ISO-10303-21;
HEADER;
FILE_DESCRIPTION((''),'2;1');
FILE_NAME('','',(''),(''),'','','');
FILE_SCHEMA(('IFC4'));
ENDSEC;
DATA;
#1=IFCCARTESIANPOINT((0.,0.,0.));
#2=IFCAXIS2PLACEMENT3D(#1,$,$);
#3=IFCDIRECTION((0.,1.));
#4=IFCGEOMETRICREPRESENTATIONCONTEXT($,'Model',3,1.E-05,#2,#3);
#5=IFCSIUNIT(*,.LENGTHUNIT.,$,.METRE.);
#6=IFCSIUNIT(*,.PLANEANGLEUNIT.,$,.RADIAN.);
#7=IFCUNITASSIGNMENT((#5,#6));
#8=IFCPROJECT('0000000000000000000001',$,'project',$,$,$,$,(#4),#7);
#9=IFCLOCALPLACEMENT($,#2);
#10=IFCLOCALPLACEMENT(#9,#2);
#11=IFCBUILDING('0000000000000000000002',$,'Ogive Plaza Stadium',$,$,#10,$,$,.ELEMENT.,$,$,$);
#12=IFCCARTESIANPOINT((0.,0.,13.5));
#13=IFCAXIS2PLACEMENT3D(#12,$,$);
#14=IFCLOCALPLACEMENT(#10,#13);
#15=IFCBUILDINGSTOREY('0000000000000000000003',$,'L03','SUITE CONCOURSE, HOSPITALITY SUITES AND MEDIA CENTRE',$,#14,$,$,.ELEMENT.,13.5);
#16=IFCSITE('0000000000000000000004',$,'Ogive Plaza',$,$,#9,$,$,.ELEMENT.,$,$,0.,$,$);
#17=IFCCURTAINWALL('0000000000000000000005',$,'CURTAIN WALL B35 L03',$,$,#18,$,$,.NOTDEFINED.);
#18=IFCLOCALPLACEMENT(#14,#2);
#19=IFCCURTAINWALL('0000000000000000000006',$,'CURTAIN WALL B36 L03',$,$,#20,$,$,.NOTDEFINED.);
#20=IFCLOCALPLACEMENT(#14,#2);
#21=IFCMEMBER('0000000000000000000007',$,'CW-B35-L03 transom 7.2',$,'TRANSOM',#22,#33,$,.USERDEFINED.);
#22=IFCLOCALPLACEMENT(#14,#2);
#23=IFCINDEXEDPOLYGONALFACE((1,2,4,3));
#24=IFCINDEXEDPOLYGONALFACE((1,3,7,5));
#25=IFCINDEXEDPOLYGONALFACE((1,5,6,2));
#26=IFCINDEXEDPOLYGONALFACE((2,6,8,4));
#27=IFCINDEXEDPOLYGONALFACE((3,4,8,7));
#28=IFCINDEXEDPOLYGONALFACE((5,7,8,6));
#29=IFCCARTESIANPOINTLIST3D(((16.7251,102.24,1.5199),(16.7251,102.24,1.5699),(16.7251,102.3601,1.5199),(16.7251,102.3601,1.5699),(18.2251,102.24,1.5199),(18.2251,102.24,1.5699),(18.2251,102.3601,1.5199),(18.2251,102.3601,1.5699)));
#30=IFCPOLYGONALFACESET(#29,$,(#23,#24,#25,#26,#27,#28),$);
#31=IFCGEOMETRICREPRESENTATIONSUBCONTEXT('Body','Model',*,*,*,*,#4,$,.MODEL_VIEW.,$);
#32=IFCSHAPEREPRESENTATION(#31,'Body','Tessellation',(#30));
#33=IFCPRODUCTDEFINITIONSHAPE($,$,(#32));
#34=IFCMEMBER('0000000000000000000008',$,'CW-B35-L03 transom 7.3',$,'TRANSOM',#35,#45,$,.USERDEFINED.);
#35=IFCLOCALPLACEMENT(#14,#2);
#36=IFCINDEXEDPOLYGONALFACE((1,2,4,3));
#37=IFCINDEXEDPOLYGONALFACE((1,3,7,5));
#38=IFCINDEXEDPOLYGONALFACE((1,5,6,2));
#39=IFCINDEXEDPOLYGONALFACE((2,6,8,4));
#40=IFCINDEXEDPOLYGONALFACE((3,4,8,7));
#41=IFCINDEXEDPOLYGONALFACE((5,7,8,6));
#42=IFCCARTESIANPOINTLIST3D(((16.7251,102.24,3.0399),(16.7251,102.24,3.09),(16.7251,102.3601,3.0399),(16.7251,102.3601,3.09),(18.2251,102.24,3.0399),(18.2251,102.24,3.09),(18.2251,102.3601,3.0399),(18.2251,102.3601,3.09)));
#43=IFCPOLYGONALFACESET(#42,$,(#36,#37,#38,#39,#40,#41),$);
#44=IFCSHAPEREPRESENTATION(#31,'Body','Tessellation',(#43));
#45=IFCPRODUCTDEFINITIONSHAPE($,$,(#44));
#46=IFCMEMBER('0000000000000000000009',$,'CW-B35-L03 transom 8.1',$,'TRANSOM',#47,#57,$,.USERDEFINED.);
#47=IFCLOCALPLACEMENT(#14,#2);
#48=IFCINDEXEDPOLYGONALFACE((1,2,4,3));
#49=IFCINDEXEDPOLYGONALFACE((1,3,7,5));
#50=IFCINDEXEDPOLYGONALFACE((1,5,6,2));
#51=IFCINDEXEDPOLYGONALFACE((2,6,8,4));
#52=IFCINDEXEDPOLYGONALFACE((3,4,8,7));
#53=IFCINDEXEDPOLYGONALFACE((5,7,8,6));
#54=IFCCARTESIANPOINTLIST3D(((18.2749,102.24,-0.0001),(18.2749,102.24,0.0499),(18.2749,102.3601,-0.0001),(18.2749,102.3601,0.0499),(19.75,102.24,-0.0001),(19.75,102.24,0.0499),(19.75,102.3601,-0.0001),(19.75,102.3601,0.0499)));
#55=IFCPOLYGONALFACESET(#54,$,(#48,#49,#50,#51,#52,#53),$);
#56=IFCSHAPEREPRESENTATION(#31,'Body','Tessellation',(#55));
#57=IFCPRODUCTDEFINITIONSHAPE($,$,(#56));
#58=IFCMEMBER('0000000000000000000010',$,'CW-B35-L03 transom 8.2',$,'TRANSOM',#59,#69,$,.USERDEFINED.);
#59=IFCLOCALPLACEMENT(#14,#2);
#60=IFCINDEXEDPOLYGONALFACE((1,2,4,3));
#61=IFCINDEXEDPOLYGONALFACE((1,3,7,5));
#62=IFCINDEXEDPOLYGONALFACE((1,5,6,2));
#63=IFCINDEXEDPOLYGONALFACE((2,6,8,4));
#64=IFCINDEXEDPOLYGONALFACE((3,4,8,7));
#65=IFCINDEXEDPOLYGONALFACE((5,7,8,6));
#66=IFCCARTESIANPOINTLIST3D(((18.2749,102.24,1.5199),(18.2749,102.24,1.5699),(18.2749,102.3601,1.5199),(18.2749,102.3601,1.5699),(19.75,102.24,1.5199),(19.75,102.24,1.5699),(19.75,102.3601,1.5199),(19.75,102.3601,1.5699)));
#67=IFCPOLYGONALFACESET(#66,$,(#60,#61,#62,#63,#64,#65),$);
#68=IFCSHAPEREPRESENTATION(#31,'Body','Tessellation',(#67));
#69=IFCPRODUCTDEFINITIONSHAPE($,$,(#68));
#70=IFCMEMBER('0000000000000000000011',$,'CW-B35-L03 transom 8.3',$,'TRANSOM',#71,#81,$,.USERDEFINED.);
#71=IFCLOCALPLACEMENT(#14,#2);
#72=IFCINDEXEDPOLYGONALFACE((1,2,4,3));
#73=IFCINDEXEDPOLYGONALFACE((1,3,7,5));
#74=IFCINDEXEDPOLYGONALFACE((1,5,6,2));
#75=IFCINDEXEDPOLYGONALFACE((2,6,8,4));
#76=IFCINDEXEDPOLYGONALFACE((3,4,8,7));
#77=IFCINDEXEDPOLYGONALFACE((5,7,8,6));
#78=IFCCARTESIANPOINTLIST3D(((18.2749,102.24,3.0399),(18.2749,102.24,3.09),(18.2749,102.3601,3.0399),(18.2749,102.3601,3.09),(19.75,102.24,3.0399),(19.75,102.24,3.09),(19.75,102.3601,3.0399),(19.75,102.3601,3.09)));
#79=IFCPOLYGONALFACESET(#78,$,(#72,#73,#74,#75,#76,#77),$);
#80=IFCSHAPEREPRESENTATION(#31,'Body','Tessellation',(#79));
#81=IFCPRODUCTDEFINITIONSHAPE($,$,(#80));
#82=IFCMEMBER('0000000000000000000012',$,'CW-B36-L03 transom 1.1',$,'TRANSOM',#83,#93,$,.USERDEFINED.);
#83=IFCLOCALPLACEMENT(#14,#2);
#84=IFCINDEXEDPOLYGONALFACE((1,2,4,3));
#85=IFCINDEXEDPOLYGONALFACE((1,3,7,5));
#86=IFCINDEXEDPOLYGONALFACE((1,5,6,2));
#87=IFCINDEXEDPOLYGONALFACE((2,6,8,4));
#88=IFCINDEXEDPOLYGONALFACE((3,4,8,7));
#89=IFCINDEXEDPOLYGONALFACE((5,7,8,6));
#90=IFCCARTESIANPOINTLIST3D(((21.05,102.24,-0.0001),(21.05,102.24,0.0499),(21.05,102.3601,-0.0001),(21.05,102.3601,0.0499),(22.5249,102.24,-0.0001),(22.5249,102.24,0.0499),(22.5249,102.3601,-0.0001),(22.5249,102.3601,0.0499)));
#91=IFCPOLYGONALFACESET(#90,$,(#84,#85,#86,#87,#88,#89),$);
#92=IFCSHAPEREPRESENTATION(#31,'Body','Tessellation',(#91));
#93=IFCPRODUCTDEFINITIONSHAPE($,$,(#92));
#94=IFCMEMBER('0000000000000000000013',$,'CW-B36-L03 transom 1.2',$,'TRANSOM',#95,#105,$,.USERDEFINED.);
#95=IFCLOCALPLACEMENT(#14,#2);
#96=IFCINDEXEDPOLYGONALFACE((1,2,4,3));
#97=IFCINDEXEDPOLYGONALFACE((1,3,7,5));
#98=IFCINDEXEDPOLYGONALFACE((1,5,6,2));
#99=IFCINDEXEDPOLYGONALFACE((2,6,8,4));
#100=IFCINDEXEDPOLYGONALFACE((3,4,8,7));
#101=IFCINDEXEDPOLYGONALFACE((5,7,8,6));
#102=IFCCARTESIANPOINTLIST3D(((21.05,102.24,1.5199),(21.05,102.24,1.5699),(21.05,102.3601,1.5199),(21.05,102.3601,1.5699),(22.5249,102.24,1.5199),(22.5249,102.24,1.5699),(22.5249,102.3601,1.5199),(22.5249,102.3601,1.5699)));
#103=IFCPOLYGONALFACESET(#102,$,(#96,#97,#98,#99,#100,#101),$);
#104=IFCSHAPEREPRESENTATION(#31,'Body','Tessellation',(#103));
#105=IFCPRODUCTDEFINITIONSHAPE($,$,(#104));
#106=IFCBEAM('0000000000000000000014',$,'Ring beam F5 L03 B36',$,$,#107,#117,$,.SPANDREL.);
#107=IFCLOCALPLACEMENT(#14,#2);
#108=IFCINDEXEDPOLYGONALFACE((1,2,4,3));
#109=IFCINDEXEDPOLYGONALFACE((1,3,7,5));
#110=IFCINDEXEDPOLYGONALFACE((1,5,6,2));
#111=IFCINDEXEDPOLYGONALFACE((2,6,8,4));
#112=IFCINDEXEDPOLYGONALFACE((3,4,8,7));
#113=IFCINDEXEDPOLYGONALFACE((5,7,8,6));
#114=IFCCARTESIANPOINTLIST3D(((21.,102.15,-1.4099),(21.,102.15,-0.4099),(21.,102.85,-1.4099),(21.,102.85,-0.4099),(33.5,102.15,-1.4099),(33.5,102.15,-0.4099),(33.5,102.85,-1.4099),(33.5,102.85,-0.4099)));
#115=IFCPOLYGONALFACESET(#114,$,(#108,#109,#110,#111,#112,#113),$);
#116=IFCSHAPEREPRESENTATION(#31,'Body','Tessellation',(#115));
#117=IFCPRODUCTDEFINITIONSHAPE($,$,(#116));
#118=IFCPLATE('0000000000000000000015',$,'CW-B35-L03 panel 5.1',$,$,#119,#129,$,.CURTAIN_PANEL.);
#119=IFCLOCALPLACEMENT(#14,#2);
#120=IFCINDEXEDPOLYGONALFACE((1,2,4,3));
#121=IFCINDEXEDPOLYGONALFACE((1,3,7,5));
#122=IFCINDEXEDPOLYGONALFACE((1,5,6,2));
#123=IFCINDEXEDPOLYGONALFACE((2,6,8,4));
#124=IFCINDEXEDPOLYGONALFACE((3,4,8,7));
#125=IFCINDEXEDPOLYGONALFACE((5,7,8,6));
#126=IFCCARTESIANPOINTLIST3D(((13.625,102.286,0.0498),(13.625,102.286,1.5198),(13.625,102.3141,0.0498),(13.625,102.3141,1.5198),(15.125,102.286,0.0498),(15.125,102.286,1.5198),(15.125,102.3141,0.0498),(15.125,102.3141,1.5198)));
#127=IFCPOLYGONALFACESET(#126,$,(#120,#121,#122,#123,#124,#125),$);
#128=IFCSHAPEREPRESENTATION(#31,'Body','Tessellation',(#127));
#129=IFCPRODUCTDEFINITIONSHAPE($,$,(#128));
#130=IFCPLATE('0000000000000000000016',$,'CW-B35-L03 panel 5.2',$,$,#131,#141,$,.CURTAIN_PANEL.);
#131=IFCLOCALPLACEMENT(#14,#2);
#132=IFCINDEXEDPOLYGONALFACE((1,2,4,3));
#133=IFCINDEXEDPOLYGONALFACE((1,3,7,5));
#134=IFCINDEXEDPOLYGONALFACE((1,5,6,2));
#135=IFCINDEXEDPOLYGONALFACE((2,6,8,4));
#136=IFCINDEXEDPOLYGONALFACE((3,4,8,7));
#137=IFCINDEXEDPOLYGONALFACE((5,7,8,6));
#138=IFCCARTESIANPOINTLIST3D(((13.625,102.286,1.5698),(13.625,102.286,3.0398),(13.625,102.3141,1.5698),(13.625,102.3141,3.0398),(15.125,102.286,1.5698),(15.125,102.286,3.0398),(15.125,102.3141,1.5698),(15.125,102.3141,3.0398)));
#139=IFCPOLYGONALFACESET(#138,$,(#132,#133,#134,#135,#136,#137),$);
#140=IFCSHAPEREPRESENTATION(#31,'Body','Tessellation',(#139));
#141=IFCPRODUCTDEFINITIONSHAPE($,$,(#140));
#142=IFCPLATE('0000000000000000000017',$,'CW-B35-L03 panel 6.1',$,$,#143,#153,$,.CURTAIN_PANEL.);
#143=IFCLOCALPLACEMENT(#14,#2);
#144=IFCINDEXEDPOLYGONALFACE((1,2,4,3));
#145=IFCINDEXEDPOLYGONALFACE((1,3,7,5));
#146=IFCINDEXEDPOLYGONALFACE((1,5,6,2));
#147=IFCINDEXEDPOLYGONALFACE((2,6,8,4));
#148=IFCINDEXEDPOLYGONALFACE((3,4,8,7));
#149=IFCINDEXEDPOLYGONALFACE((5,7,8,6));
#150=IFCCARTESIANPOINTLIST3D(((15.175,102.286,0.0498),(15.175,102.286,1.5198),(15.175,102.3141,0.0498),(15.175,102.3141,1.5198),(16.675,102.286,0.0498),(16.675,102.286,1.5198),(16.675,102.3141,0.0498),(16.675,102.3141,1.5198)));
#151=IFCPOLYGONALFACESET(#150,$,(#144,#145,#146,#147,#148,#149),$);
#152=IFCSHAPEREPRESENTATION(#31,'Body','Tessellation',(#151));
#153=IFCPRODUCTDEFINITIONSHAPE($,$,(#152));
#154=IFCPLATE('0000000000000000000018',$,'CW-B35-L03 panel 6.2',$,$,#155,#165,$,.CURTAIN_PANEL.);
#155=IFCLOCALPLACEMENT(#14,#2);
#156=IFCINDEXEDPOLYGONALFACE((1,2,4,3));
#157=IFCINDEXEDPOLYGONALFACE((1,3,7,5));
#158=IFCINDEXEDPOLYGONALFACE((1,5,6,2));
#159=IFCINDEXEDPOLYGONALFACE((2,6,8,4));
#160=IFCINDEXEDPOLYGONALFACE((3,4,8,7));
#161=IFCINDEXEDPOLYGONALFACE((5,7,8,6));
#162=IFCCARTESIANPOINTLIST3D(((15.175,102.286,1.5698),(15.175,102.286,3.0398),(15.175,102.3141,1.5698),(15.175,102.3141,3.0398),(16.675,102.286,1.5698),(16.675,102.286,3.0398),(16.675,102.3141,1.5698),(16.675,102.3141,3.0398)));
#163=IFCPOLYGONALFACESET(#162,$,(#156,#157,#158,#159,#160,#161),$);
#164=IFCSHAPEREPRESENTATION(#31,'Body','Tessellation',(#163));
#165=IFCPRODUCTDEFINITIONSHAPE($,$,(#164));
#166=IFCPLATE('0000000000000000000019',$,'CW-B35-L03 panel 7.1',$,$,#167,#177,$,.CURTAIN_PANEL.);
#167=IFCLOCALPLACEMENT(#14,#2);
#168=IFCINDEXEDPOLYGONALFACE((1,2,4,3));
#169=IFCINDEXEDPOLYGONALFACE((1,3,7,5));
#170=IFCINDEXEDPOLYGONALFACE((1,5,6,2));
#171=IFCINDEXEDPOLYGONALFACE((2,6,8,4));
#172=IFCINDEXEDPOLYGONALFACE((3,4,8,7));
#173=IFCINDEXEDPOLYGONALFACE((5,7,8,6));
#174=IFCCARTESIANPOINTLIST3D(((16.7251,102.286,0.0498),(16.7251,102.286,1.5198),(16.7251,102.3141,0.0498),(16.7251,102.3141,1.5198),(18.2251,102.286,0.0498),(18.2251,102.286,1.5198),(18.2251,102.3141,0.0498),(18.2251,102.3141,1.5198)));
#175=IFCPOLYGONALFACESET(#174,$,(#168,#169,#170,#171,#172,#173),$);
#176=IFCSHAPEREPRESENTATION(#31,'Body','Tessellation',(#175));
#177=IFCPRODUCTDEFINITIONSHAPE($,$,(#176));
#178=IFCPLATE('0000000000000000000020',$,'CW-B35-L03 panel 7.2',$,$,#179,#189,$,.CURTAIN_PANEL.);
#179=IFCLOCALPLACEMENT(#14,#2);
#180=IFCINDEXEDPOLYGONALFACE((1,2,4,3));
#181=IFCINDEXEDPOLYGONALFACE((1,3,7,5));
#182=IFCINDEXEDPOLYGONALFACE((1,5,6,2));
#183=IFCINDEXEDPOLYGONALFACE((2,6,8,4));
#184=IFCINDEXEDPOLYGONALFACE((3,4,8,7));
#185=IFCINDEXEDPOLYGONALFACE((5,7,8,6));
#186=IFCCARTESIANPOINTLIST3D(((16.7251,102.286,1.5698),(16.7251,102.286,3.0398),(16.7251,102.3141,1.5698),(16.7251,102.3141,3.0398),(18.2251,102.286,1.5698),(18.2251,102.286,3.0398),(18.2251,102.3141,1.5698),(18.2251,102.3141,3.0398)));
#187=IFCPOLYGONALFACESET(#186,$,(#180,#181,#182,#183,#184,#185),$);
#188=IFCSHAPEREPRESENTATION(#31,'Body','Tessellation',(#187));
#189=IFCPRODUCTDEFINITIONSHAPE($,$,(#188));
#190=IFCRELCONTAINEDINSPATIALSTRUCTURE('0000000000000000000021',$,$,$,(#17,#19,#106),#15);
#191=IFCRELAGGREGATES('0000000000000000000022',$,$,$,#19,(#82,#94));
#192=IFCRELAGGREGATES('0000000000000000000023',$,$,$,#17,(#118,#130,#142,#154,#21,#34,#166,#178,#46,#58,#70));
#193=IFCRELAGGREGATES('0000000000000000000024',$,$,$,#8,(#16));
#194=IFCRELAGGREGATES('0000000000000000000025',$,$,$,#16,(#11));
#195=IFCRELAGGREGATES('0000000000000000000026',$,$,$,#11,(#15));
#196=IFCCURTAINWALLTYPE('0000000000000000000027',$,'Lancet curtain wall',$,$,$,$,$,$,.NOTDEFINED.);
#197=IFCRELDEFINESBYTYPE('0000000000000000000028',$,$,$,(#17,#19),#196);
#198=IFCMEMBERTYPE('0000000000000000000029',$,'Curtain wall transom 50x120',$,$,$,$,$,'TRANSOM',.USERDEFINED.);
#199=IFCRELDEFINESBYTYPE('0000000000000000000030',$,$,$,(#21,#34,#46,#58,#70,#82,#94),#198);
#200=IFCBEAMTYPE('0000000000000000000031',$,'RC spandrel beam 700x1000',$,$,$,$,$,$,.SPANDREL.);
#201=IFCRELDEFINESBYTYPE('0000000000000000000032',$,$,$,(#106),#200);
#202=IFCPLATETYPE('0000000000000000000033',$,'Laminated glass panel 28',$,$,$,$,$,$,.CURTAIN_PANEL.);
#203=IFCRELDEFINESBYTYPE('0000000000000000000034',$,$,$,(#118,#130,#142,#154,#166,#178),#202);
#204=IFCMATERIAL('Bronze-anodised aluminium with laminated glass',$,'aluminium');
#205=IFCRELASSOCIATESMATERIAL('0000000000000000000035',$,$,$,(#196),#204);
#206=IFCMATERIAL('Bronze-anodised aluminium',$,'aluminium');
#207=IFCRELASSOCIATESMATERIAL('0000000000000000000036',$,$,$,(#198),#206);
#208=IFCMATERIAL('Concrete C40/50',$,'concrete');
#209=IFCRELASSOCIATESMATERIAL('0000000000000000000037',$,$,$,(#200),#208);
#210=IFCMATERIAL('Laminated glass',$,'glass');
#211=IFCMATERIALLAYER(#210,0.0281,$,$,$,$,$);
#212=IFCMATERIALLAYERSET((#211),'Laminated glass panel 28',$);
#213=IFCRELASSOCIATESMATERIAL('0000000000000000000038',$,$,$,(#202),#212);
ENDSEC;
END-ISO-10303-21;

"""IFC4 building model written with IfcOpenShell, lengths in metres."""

from ifc_helpers import new_model, si_unit, direction, frame, origin, origin_2d, place, context, subcontext, project, spatial, rectangle, extrude, material, layer, layer_set, material_profile, profile_set, type_object, element, aggregate, save


model = new_model("IFC4")

# Units and contexts
model_context = context("Model", 3, precision=1e-05, world=origin(), true_north=direction((0.0, 1.0)))
body_context = subcontext(model_context, "Body", "Model", "MODEL_VIEW")
ifc_project = project(units=[si_unit("LENGTHUNIT", "METRE"), si_unit("PLANEANGLEUNIT", "RADIAN")], contexts=[model_context])

# Site, building, storey
site_placement = place(None, origin())
site = spatial("IfcSite", under=ifc_project, at=site_placement, Name="Ogive Plaza", CompositionType="ELEMENT", RefElevation=0.0)
building_placement = place(site_placement, origin())
building = spatial("IfcBuilding", under=site, at=building_placement, Name="Ogive Plaza Stadium", CompositionType="ELEMENT")
storey_placement = place(building_placement, frame((0.0, 0.0, 13.5)))
storey = spatial("IfcBuildingStorey", under=building, at=storey_placement, Name="L03", Description="SUITE CONCOURSE, HOSPITALITY SUITES AND MEDIA CENTRE", CompositionType="ELEMENT", Elevation=13.5)

# Curtain wall
ifc_material_1 = material(Name="Bronze-anodised aluminium with laminated glass", Category="aluminium")
curtain_wall_type = type_object("IfcCurtainWallType", Name="Lancet curtain wall", PredefinedType="NOTDEFINED", material=ifc_material_1)
curtain_wall_1_placement = place(storey_placement, origin())
curtain_wall_1 = element("IfcCurtainWall", 1, at=curtain_wall_1_placement, inside=storey, type_object=curtain_wall_type, Name="CURTAIN WALL B35 L03", PredefinedType="NOTDEFINED")

# Curtain wall
curtain_wall_2_placement = place(storey_placement, origin())
curtain_wall_2 = element("IfcCurtainWall", 2, at=curtain_wall_2_placement, inside=storey, type_object=curtain_wall_type, Name="CURTAIN WALL B36 L03", PredefinedType="NOTDEFINED")

# Members
ifc_material_2 = material(Name="Bronze-anodised aluminium", Category="aluminium")
ifc_material_profile_1 = material_profile(ifc_material_2, rectangle(XDim=0.1201, YDim=0.05, at=origin_2d()), Name="AL 120x50")
ifc_profile_set_1 = profile_set([ifc_material_profile_1], Name="Bronze-anodised aluminium")
member_type_1 = type_object("IfcMemberType", Name="Curtain wall transom 50x120", ElementType="TRANSOM", PredefinedType="USERDEFINED", material=ifc_profile_set_1)
member_1_placement = place(storey_placement, frame((16.7251, 102.3, 1.5449), z_axis=(1.0, 0.0, 0.0), x_axis=(0.0, 1.0, 0.0)))
member_1 = element("IfcMember", 3, at=member_1_placement, type_object=member_type_1, Name="CW-B35-L03 transom 7.2", ObjectType="TRANSOM", PredefinedType="USERDEFINED", context=body_context, shape_type="SweptSolid", body=[
    extrude(rectangle(XDim=0.1201, YDim=0.05, at=origin_2d()), origin(), (0.0, 0.0, 1.0), 1.5),
])
member_2_placement = place(storey_placement, frame((16.7251, 102.3, 3.0649), z_axis=(1.0, 0.0, 0.0), x_axis=(0.0, 1.0, 0.0)))
member_2 = element("IfcMember", 4, at=member_2_placement, type_object=member_type_1, Name="CW-B35-L03 transom 7.3", ObjectType="TRANSOM", PredefinedType="USERDEFINED", context=body_context, shape_type="SweptSolid", body=[
    extrude(rectangle(XDim=0.1201, YDim=0.05, at=origin_2d()), origin(), (0.0, 0.0, 1.0), 1.5),
])
member_3_placement = place(storey_placement, frame((18.2749, 102.3, 0.0249), z_axis=(1.0, 0.0, 0.0), x_axis=(0.0, 1.0, 0.0)))
member_3 = element("IfcMember", 5, at=member_3_placement, type_object=member_type_1, Name="CW-B35-L03 transom 8.1", ObjectType="TRANSOM", PredefinedType="USERDEFINED", context=body_context, shape_type="SweptSolid", body=[
    extrude(rectangle(XDim=0.1201, YDim=0.05, at=origin_2d()), origin(), (0.0, 0.0, 1.0), 1.4751),
])
member_4_placement = place(storey_placement, frame((18.2749, 102.3, 1.5449), z_axis=(1.0, 0.0, 0.0), x_axis=(0.0, 1.0, 0.0)))
member_4 = element("IfcMember", 6, at=member_4_placement, type_object=member_type_1, Name="CW-B35-L03 transom 8.2", ObjectType="TRANSOM", PredefinedType="USERDEFINED", context=body_context, shape_type="SweptSolid", body=[
    extrude(rectangle(XDim=0.1201, YDim=0.05, at=origin_2d()), origin(), (0.0, 0.0, 1.0), 1.4751),
])
member_5_placement = place(storey_placement, frame((18.2749, 102.3, 3.0649), z_axis=(1.0, 0.0, 0.0), x_axis=(0.0, 1.0, 0.0)))
member_5 = element("IfcMember", 7, at=member_5_placement, type_object=member_type_1, Name="CW-B35-L03 transom 8.3", ObjectType="TRANSOM", PredefinedType="USERDEFINED", context=body_context, shape_type="SweptSolid", body=[
    extrude(rectangle(XDim=0.1201, YDim=0.05, at=origin_2d()), origin(), (0.0, 0.0, 1.0), 1.4751),
])
member_6_placement = place(storey_placement, frame((21.05, 102.3, 0.0249), z_axis=(1.0, 0.0, 0.0), x_axis=(0.0, 1.0, 0.0)))
member_6 = element("IfcMember", 8, at=member_6_placement, type_object=member_type_1, Name="CW-B36-L03 transom 1.1", ObjectType="TRANSOM", PredefinedType="USERDEFINED", context=body_context, shape_type="SweptSolid", body=[
    extrude(rectangle(XDim=0.1201, YDim=0.05, at=origin_2d()), origin(), (0.0, 0.0, 1.0), 1.4749),
])
member_7_placement = place(storey_placement, frame((21.05, 102.3, 1.5449), z_axis=(1.0, 0.0, 0.0), x_axis=(0.0, 1.0, 0.0)))
member_7 = element("IfcMember", 9, at=member_7_placement, type_object=member_type_1, Name="CW-B36-L03 transom 1.2", ObjectType="TRANSOM", PredefinedType="USERDEFINED", context=body_context, shape_type="SweptSolid", body=[
    extrude(rectangle(XDim=0.1201, YDim=0.05, at=origin_2d()), origin(), (0.0, 0.0, 1.0), 1.4749),
])
aggregate(curtain_wall_2, [member_6, member_7])

# Beam
ifc_material_3 = material(Name="Concrete C40/50", Category="concrete")
ifc_material_profile_2 = material_profile(ifc_material_3, rectangle(XDim=0.7, YDim=1.0, at=origin_2d()), Name="RC 700x1000")
ifc_profile_set_2 = profile_set([ifc_material_profile_2], Name="Concrete C40/50")
beam_type = type_object("IfcBeamType", Name="RC spandrel beam 700x1000", PredefinedType="SPANDREL", material=ifc_profile_set_2)
beam_placement = place(storey_placement, frame((21.0, 102.5, -0.9099), z_axis=(1.0, 0.0, 0.0), x_axis=(0.0, 1.0, 0.0)))
element("IfcBeam", 10, at=beam_placement, inside=storey, type_object=beam_type, Name="Ring beam F5 L03 B36", PredefinedType="SPANDREL", context=body_context, shape_type="SweptSolid", body=[
    extrude(rectangle(XDim=0.7, YDim=1.0, at=origin_2d()), origin(), (0.0, 0.0, 1.0), 12.5),
])

# Plates
ifc_material_4 = material(Name="Laminated glass", Category="glass")
ifc_layer_1 = layer(ifc_material_4, 0.0281)
ifc_layer_set_1 = layer_set([ifc_layer_1], Name="Laminated glass panel 28")
plate_type = type_object("IfcPlateType", Name="Laminated glass panel 28", PredefinedType="CURTAIN_PANEL", material=ifc_layer_set_1)
plate_1_placement = place(storey_placement, frame((14.375, 102.3, 0.0498), z_axis=(0.0, 0.0, 1.0), x_axis=(1.0, 0.0, 0.0)))
plate_1 = element("IfcPlate", 11, at=plate_1_placement, type_object=plate_type, Name="CW-B35-L03 panel 5.1", PredefinedType="CURTAIN_PANEL", context=body_context, shape_type="SweptSolid", body=[
    extrude(rectangle(XDim=1.5, YDim=0.0281, at=origin_2d()), origin(), (0.0, 0.0, 1.0), 1.47),
])
plate_2_placement = place(storey_placement, frame((14.375, 102.3, 1.5698), z_axis=(0.0, 0.0, 1.0), x_axis=(1.0, 0.0, 0.0)))
plate_2 = element("IfcPlate", 12, at=plate_2_placement, type_object=plate_type, Name="CW-B35-L03 panel 5.2", PredefinedType="CURTAIN_PANEL", context=body_context, shape_type="SweptSolid", body=[
    extrude(rectangle(XDim=1.5, YDim=0.0281, at=origin_2d()), origin(), (0.0, 0.0, 1.0), 1.47),
])
plate_3_placement = place(storey_placement, frame((15.925, 102.3, 0.0498), z_axis=(0.0, 0.0, 1.0), x_axis=(1.0, 0.0, 0.0)))
plate_3 = element("IfcPlate", 13, at=plate_3_placement, type_object=plate_type, Name="CW-B35-L03 panel 6.1", PredefinedType="CURTAIN_PANEL", context=body_context, shape_type="SweptSolid", body=[
    extrude(rectangle(XDim=1.5, YDim=0.0281, at=origin_2d()), origin(), (0.0, 0.0, 1.0), 1.47),
])
plate_4_placement = place(storey_placement, frame((15.925, 102.3, 1.5698), z_axis=(0.0, 0.0, 1.0), x_axis=(1.0, 0.0, 0.0)))
plate_4 = element("IfcPlate", 14, at=plate_4_placement, type_object=plate_type, Name="CW-B35-L03 panel 6.2", PredefinedType="CURTAIN_PANEL", context=body_context, shape_type="SweptSolid", body=[
    extrude(rectangle(XDim=1.5, YDim=0.0281, at=origin_2d()), origin(), (0.0, 0.0, 1.0), 1.47),
])
plate_5_placement = place(storey_placement, frame((17.4751, 102.3, 0.0498), z_axis=(0.0, 0.0, 1.0), x_axis=(1.0, 0.0, 0.0)))
plate_5 = element("IfcPlate", 15, at=plate_5_placement, type_object=plate_type, Name="CW-B35-L03 panel 7.1", PredefinedType="CURTAIN_PANEL", context=body_context, shape_type="SweptSolid", body=[
    extrude(rectangle(XDim=1.5, YDim=0.0281, at=origin_2d()), origin(), (0.0, 0.0, 1.0), 1.47),
])
plate_6_placement = place(storey_placement, frame((17.4751, 102.3, 1.5698), z_axis=(0.0, 0.0, 1.0), x_axis=(1.0, 0.0, 0.0)))
plate_6 = element("IfcPlate", 16, at=plate_6_placement, type_object=plate_type, Name="CW-B35-L03 panel 7.2", PredefinedType="CURTAIN_PANEL", context=body_context, shape_type="SweptSolid", body=[
    extrude(rectangle(XDim=1.5, YDim=0.0281, at=origin_2d()), origin(), (0.0, 0.0, 1.0), 1.47),
])
aggregate(curtain_wall_1, [plate_1, plate_2, plate_3, plate_4, member_1, member_2, plate_5, plate_6, member_3, member_4, member_5])

save(model, "model.ifc")
